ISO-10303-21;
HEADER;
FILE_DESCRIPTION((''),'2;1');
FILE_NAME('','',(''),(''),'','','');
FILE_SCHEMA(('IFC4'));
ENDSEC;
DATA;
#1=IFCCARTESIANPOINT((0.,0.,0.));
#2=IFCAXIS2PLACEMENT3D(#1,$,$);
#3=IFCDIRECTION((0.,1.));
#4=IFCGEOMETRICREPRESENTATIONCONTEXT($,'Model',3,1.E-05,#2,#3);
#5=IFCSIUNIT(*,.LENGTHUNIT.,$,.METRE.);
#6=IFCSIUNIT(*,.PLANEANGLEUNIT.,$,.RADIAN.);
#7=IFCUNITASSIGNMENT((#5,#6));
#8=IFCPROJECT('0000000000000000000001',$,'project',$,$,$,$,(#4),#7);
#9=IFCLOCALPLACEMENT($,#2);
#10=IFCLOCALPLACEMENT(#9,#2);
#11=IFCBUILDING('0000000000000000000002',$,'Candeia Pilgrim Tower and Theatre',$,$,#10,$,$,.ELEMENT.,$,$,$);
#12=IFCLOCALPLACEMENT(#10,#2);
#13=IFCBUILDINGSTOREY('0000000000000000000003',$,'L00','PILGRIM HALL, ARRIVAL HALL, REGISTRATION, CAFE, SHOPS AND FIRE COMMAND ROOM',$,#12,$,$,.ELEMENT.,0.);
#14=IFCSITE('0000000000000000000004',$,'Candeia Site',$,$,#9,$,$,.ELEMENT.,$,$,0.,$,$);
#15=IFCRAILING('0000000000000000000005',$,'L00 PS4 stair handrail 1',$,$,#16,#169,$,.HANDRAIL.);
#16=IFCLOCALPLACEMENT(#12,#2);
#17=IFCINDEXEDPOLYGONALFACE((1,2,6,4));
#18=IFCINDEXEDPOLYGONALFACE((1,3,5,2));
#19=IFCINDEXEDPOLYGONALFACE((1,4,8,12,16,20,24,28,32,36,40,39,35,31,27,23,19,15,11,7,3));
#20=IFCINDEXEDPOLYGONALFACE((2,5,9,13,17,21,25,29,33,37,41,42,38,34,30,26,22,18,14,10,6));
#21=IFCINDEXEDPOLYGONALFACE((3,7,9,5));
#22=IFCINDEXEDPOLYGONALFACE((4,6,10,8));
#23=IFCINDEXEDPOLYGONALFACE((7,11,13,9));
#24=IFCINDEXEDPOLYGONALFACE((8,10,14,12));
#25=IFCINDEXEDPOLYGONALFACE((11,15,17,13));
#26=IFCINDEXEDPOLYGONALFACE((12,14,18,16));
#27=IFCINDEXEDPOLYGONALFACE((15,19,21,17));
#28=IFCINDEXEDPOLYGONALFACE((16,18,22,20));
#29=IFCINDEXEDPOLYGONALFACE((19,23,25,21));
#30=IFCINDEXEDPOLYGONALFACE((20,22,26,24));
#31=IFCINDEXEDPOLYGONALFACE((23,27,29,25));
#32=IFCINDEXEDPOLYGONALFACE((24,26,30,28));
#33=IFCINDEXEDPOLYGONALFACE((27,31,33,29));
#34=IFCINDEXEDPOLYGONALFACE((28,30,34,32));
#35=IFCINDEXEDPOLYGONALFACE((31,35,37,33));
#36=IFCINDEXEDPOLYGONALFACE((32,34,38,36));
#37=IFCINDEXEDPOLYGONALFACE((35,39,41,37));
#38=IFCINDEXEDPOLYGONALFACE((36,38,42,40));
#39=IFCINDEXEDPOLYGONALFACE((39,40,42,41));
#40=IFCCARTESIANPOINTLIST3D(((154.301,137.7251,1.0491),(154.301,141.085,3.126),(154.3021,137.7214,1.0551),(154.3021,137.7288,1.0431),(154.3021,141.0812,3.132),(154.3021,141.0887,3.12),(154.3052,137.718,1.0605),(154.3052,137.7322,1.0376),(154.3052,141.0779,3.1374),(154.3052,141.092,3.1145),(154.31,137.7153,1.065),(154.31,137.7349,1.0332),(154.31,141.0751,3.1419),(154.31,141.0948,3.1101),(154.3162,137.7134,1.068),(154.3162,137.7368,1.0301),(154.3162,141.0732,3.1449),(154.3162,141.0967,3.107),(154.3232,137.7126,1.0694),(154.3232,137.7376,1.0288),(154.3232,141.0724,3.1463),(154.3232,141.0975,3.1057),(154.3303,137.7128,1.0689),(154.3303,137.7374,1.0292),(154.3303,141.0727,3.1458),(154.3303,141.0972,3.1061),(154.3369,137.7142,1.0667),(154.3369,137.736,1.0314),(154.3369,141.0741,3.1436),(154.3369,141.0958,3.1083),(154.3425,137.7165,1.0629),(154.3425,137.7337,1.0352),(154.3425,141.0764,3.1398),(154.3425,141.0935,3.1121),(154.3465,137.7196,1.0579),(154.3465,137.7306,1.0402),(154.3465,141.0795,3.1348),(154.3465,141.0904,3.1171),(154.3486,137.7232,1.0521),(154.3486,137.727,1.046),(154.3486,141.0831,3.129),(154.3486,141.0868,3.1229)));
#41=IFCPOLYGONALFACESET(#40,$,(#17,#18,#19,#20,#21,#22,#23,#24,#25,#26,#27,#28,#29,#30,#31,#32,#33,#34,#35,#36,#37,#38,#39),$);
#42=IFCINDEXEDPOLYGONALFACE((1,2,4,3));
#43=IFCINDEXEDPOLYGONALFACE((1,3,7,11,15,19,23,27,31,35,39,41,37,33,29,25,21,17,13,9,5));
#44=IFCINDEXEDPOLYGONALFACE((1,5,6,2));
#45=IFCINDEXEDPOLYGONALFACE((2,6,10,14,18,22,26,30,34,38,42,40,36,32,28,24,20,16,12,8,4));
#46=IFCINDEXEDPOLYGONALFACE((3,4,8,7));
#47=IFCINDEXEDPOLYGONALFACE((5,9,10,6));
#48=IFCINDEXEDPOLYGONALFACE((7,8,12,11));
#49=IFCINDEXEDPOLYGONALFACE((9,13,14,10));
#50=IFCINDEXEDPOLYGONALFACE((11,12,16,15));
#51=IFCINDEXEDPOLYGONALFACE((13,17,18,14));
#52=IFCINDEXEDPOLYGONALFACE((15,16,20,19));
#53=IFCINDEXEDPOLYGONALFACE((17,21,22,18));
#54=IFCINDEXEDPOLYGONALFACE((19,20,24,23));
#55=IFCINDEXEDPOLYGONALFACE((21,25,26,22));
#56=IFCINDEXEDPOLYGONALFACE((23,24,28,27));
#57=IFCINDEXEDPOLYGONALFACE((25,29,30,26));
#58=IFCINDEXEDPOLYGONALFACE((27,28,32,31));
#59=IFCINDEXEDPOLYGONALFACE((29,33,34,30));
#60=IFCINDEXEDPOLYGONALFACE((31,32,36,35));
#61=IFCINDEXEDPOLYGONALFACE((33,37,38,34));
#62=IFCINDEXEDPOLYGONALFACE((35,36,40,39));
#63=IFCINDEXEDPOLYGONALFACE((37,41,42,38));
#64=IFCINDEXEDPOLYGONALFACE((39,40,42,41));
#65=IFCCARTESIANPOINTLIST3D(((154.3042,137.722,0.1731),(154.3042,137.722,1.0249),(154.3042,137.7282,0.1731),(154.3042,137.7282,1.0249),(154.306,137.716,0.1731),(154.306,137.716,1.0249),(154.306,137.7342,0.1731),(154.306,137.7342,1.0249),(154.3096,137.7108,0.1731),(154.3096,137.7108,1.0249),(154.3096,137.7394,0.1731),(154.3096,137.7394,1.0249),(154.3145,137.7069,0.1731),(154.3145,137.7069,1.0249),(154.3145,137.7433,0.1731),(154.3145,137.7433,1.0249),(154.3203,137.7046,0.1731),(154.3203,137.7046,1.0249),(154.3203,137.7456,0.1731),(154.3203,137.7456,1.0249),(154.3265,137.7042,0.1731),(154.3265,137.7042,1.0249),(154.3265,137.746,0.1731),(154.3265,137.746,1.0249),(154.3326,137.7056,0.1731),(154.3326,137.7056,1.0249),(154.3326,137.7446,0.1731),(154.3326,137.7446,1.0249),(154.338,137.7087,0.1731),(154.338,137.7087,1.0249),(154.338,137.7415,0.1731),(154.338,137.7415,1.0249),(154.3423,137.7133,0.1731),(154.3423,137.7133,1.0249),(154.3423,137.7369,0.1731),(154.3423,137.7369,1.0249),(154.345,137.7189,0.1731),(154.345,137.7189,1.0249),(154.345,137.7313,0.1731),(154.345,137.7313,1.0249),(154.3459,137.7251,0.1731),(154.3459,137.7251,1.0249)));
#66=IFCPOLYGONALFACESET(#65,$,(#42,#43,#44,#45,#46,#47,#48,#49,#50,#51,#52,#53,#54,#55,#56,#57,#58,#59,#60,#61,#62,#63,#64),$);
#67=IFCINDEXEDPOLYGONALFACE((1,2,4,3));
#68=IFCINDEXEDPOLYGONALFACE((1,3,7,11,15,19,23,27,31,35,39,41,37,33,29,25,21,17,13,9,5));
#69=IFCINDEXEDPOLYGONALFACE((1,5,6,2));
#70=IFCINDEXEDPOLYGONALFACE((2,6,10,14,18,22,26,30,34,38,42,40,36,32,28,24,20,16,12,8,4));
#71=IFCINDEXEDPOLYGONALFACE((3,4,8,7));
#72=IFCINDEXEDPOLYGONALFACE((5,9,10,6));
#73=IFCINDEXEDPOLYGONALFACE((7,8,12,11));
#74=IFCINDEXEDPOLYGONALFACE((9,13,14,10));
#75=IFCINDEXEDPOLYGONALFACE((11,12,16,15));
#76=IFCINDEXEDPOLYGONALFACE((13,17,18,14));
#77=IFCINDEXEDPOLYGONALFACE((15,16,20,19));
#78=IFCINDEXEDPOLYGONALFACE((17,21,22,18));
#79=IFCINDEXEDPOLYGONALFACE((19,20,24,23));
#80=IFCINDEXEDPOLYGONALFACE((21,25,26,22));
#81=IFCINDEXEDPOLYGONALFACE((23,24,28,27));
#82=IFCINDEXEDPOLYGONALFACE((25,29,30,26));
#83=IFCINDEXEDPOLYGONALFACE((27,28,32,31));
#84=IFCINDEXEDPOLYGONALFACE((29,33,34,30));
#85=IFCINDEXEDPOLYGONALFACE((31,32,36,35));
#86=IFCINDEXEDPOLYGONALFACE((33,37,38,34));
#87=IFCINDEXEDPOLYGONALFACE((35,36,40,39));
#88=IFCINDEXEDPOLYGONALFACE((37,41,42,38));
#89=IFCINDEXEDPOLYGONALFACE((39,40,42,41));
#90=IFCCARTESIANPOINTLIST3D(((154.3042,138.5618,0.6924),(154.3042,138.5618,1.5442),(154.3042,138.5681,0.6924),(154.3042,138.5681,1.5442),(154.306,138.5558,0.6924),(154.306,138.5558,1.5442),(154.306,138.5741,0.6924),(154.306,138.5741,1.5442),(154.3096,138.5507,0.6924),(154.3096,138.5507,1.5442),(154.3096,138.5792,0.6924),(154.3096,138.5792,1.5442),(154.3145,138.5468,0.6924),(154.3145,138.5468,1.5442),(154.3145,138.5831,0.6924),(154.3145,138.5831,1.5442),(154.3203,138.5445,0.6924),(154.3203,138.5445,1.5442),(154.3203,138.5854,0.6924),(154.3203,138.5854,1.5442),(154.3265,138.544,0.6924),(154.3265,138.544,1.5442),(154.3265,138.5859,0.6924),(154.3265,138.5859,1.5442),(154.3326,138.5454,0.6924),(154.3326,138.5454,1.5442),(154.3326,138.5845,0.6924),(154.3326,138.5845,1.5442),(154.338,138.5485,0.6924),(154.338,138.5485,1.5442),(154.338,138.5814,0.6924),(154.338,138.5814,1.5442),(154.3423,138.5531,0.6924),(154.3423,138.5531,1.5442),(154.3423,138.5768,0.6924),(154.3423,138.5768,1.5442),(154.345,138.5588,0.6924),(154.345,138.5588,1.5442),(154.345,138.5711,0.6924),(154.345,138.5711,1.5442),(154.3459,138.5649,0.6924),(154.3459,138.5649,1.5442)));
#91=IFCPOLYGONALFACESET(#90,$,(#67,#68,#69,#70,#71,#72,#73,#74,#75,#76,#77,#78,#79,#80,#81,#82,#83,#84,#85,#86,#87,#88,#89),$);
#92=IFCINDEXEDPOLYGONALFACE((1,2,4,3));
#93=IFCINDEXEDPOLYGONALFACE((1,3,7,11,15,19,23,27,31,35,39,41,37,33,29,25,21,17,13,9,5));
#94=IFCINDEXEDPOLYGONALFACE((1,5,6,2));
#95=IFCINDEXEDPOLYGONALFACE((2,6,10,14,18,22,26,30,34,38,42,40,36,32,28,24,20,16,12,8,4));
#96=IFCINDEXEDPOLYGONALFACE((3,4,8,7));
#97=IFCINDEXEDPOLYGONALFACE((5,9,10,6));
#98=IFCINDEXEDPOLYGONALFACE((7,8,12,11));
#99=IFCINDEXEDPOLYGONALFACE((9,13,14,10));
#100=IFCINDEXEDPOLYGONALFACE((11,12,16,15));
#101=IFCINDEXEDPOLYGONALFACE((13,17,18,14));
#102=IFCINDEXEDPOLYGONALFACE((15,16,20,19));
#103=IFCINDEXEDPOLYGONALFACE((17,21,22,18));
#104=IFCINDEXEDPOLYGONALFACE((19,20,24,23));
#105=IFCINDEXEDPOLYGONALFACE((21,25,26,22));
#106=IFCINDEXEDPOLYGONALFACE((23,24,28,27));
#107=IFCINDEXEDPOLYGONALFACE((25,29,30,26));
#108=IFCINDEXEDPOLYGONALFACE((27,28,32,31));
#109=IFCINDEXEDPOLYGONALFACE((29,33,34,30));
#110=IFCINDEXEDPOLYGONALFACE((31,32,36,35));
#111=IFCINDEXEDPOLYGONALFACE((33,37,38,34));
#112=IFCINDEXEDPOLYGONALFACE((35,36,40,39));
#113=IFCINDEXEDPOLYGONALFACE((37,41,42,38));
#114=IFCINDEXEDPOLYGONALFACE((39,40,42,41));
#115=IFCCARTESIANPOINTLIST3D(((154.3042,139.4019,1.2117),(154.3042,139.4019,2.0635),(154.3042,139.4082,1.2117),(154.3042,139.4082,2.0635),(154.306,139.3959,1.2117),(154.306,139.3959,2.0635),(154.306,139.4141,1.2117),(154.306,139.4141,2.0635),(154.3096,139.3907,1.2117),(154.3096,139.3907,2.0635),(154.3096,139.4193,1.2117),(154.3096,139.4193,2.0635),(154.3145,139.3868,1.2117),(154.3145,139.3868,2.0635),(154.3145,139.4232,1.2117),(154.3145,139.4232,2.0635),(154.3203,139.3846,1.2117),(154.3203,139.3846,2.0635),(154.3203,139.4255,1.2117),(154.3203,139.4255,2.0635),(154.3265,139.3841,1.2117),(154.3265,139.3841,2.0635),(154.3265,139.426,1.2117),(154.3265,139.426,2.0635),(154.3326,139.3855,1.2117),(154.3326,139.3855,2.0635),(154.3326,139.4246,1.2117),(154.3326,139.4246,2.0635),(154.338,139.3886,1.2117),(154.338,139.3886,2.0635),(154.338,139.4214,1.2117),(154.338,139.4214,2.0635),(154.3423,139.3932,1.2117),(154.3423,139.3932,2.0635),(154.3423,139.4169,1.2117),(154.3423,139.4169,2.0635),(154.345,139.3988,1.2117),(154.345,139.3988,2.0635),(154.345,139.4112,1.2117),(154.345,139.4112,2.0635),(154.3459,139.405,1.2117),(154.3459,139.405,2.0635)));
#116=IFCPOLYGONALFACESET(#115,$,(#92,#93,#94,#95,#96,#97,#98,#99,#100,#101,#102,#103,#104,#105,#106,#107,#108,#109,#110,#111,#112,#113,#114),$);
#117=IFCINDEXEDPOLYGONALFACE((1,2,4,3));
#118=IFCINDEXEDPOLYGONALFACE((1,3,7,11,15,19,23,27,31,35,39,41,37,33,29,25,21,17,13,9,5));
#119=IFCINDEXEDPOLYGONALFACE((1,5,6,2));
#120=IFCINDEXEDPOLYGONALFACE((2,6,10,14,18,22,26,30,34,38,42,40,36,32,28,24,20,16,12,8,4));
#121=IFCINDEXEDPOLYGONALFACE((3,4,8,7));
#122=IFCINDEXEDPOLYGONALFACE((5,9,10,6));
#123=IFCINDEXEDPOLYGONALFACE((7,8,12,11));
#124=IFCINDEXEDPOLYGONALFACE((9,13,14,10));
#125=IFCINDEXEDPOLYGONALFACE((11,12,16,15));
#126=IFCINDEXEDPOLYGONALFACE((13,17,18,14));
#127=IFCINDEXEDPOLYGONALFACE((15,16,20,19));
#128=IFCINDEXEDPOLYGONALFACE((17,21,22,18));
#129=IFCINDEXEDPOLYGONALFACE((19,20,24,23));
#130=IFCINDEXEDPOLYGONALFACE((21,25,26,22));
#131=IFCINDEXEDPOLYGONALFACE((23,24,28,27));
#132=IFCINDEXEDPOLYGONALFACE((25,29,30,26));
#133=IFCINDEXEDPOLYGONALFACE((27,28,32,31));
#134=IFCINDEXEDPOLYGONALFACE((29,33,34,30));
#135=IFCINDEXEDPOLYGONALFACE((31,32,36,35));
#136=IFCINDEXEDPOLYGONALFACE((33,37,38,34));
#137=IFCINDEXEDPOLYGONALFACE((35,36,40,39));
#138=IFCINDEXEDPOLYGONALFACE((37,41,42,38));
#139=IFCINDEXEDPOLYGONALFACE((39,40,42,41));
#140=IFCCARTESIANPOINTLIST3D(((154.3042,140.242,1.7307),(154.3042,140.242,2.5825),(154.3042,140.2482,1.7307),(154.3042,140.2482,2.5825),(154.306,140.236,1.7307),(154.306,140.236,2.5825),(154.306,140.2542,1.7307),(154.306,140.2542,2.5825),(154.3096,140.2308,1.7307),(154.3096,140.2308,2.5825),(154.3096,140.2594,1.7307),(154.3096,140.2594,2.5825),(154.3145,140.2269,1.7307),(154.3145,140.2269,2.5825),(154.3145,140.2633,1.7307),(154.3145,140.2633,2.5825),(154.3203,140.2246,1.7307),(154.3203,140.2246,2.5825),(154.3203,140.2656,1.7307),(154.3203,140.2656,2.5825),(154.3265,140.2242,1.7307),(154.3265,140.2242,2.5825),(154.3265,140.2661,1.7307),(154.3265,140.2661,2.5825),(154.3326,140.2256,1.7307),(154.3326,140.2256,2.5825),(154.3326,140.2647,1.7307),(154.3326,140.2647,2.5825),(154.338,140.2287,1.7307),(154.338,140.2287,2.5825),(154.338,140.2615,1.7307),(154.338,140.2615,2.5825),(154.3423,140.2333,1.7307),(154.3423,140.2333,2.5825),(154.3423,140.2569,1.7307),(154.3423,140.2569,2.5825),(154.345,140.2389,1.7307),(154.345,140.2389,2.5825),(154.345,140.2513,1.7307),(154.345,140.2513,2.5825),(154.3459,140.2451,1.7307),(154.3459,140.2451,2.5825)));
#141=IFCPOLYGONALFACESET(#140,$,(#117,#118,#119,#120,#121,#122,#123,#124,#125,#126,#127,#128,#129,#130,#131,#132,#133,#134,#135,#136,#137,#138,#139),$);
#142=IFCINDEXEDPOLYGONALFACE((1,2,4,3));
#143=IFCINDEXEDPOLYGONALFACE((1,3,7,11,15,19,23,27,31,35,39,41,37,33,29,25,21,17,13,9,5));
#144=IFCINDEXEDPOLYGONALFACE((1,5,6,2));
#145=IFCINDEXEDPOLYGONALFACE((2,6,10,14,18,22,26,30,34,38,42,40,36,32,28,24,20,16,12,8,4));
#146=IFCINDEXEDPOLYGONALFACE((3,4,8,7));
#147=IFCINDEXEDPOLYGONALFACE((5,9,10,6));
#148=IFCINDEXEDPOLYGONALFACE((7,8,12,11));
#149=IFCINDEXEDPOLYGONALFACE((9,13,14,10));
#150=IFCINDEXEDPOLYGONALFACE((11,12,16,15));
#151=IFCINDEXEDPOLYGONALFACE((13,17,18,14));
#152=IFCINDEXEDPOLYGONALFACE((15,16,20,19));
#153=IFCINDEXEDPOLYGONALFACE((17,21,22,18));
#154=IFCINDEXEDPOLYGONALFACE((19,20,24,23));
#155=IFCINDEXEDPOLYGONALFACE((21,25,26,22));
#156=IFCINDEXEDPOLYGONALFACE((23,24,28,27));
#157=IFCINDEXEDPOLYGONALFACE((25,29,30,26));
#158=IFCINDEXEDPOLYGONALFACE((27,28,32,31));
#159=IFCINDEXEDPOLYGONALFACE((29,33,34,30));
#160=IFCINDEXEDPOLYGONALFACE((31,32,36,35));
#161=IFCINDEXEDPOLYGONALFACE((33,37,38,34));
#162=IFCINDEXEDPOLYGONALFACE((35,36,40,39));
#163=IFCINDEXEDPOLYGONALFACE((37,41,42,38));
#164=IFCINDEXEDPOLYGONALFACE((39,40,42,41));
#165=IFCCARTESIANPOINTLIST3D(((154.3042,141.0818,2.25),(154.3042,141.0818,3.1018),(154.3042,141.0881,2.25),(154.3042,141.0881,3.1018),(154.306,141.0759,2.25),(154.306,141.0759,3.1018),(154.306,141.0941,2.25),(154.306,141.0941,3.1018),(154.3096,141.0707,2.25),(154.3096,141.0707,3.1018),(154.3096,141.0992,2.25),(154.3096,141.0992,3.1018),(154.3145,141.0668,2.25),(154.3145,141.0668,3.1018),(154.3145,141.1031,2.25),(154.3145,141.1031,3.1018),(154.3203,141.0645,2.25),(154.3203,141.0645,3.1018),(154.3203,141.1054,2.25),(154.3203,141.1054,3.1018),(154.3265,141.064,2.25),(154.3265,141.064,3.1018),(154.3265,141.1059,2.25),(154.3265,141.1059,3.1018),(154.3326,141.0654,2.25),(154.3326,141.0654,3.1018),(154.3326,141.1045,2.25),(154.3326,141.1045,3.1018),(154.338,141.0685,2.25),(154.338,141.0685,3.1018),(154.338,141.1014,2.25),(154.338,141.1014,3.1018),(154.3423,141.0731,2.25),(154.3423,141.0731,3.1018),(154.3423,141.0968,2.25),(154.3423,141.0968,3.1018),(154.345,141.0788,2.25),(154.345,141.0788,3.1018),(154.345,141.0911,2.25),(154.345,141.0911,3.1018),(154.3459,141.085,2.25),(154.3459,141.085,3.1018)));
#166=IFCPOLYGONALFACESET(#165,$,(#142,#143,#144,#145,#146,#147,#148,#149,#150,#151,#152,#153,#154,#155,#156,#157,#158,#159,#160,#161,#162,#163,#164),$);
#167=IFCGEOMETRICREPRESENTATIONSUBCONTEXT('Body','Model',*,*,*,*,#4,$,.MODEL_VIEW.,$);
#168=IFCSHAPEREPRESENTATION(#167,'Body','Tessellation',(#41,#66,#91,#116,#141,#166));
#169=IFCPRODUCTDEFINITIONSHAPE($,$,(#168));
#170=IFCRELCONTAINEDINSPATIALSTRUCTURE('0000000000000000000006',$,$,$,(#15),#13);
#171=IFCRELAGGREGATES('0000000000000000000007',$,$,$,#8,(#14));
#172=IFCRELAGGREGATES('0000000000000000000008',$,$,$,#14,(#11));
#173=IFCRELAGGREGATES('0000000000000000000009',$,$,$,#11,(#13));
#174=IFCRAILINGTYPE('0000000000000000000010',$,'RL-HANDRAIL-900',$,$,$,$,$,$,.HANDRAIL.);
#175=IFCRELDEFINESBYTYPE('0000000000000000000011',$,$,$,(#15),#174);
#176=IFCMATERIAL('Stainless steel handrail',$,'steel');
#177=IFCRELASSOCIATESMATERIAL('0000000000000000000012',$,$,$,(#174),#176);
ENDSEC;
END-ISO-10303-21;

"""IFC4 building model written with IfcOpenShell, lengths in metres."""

from ifc_helpers import new_model, si_unit, direction, frame, origin, origin_2d, place, context, subcontext, project, spatial, circle, extrude, material, type_object, element, save


model = new_model("IFC4")

# Units and contexts
model_context = context("Model", 3, precision=1e-05, world=origin(), true_north=direction((0.0, 1.0)))
body_context = subcontext(model_context, "Body", "Model", "MODEL_VIEW")
ifc_project = project(units=[si_unit("LENGTHUNIT", "METRE"), si_unit("PLANEANGLEUNIT", "RADIAN")], contexts=[model_context])

# Site, building, storey
site_placement = place(None, origin())
site = spatial("IfcSite", under=ifc_project, at=site_placement, Name="Candeia Site", CompositionType="ELEMENT", RefElevation=0.0)
building_placement = place(site_placement, origin())
building = spatial("IfcBuilding", under=site, at=building_placement, Name="Candeia Pilgrim Tower and Theatre", CompositionType="ELEMENT")
storey_placement = place(building_placement, origin())
storey = spatial("IfcBuildingStorey", under=building, at=storey_placement, Name="L00", Description="PILGRIM HALL, ARRIVAL HALL, REGISTRATION, CAFE, SHOPS AND FIRE COMMAND ROOM", CompositionType="ELEMENT", Elevation=0.0)

# Railing
ifc_material_1 = material(Name="Stainless steel handrail", Category="steel")
railing_type_1 = type_object("IfcRailingType", Name="RL-HANDRAIL-900", PredefinedType="HANDRAIL", material=ifc_material_1)
railing_1_placement = place(storey_placement, frame((154.325, 137.7251, 0.1731)))
element("IfcRailing", 1, at=railing_1_placement, inside=storey, type_object=railing_type_1, Name="L00 PS4 stair handrail 1", PredefinedType="HANDRAIL", context=body_context, shape_type="SweptSolid", body=[
    extrude(circle(Radius=0.0239, at=origin_2d()), frame((0.0, 0.0, 0.876), z_axis=(0.0, 0.850606, 0.525803), x_axis=(-1.0, 0.0, 0.0)), (0.0, 0.0, 1.0), 3.95),
    extrude(circle(Radius=0.021, at=origin_2d()), origin(), (0.0, 0.0, 1.0), 0.8518),
    extrude(circle(Radius=0.021, at=origin_2d()), frame((0.0, 0.8398, 0.5193)), (0.0, 0.0, 1.0), 0.8518),
    extrude(circle(Radius=0.021, at=origin_2d()), frame((0.0, 1.6799, 1.0386)), (0.0, 0.0, 1.0), 0.8518),
    extrude(circle(Radius=0.021, at=origin_2d()), frame((0.0, 2.52, 1.5576)), (0.0, 0.0, 1.0), 0.8518),
    extrude(circle(Radius=0.021, at=origin_2d()), frame((0.0, 3.3599, 2.0769)), (0.0, 0.0, 1.0), 0.8518),
])

save(model, "model.ifc")
